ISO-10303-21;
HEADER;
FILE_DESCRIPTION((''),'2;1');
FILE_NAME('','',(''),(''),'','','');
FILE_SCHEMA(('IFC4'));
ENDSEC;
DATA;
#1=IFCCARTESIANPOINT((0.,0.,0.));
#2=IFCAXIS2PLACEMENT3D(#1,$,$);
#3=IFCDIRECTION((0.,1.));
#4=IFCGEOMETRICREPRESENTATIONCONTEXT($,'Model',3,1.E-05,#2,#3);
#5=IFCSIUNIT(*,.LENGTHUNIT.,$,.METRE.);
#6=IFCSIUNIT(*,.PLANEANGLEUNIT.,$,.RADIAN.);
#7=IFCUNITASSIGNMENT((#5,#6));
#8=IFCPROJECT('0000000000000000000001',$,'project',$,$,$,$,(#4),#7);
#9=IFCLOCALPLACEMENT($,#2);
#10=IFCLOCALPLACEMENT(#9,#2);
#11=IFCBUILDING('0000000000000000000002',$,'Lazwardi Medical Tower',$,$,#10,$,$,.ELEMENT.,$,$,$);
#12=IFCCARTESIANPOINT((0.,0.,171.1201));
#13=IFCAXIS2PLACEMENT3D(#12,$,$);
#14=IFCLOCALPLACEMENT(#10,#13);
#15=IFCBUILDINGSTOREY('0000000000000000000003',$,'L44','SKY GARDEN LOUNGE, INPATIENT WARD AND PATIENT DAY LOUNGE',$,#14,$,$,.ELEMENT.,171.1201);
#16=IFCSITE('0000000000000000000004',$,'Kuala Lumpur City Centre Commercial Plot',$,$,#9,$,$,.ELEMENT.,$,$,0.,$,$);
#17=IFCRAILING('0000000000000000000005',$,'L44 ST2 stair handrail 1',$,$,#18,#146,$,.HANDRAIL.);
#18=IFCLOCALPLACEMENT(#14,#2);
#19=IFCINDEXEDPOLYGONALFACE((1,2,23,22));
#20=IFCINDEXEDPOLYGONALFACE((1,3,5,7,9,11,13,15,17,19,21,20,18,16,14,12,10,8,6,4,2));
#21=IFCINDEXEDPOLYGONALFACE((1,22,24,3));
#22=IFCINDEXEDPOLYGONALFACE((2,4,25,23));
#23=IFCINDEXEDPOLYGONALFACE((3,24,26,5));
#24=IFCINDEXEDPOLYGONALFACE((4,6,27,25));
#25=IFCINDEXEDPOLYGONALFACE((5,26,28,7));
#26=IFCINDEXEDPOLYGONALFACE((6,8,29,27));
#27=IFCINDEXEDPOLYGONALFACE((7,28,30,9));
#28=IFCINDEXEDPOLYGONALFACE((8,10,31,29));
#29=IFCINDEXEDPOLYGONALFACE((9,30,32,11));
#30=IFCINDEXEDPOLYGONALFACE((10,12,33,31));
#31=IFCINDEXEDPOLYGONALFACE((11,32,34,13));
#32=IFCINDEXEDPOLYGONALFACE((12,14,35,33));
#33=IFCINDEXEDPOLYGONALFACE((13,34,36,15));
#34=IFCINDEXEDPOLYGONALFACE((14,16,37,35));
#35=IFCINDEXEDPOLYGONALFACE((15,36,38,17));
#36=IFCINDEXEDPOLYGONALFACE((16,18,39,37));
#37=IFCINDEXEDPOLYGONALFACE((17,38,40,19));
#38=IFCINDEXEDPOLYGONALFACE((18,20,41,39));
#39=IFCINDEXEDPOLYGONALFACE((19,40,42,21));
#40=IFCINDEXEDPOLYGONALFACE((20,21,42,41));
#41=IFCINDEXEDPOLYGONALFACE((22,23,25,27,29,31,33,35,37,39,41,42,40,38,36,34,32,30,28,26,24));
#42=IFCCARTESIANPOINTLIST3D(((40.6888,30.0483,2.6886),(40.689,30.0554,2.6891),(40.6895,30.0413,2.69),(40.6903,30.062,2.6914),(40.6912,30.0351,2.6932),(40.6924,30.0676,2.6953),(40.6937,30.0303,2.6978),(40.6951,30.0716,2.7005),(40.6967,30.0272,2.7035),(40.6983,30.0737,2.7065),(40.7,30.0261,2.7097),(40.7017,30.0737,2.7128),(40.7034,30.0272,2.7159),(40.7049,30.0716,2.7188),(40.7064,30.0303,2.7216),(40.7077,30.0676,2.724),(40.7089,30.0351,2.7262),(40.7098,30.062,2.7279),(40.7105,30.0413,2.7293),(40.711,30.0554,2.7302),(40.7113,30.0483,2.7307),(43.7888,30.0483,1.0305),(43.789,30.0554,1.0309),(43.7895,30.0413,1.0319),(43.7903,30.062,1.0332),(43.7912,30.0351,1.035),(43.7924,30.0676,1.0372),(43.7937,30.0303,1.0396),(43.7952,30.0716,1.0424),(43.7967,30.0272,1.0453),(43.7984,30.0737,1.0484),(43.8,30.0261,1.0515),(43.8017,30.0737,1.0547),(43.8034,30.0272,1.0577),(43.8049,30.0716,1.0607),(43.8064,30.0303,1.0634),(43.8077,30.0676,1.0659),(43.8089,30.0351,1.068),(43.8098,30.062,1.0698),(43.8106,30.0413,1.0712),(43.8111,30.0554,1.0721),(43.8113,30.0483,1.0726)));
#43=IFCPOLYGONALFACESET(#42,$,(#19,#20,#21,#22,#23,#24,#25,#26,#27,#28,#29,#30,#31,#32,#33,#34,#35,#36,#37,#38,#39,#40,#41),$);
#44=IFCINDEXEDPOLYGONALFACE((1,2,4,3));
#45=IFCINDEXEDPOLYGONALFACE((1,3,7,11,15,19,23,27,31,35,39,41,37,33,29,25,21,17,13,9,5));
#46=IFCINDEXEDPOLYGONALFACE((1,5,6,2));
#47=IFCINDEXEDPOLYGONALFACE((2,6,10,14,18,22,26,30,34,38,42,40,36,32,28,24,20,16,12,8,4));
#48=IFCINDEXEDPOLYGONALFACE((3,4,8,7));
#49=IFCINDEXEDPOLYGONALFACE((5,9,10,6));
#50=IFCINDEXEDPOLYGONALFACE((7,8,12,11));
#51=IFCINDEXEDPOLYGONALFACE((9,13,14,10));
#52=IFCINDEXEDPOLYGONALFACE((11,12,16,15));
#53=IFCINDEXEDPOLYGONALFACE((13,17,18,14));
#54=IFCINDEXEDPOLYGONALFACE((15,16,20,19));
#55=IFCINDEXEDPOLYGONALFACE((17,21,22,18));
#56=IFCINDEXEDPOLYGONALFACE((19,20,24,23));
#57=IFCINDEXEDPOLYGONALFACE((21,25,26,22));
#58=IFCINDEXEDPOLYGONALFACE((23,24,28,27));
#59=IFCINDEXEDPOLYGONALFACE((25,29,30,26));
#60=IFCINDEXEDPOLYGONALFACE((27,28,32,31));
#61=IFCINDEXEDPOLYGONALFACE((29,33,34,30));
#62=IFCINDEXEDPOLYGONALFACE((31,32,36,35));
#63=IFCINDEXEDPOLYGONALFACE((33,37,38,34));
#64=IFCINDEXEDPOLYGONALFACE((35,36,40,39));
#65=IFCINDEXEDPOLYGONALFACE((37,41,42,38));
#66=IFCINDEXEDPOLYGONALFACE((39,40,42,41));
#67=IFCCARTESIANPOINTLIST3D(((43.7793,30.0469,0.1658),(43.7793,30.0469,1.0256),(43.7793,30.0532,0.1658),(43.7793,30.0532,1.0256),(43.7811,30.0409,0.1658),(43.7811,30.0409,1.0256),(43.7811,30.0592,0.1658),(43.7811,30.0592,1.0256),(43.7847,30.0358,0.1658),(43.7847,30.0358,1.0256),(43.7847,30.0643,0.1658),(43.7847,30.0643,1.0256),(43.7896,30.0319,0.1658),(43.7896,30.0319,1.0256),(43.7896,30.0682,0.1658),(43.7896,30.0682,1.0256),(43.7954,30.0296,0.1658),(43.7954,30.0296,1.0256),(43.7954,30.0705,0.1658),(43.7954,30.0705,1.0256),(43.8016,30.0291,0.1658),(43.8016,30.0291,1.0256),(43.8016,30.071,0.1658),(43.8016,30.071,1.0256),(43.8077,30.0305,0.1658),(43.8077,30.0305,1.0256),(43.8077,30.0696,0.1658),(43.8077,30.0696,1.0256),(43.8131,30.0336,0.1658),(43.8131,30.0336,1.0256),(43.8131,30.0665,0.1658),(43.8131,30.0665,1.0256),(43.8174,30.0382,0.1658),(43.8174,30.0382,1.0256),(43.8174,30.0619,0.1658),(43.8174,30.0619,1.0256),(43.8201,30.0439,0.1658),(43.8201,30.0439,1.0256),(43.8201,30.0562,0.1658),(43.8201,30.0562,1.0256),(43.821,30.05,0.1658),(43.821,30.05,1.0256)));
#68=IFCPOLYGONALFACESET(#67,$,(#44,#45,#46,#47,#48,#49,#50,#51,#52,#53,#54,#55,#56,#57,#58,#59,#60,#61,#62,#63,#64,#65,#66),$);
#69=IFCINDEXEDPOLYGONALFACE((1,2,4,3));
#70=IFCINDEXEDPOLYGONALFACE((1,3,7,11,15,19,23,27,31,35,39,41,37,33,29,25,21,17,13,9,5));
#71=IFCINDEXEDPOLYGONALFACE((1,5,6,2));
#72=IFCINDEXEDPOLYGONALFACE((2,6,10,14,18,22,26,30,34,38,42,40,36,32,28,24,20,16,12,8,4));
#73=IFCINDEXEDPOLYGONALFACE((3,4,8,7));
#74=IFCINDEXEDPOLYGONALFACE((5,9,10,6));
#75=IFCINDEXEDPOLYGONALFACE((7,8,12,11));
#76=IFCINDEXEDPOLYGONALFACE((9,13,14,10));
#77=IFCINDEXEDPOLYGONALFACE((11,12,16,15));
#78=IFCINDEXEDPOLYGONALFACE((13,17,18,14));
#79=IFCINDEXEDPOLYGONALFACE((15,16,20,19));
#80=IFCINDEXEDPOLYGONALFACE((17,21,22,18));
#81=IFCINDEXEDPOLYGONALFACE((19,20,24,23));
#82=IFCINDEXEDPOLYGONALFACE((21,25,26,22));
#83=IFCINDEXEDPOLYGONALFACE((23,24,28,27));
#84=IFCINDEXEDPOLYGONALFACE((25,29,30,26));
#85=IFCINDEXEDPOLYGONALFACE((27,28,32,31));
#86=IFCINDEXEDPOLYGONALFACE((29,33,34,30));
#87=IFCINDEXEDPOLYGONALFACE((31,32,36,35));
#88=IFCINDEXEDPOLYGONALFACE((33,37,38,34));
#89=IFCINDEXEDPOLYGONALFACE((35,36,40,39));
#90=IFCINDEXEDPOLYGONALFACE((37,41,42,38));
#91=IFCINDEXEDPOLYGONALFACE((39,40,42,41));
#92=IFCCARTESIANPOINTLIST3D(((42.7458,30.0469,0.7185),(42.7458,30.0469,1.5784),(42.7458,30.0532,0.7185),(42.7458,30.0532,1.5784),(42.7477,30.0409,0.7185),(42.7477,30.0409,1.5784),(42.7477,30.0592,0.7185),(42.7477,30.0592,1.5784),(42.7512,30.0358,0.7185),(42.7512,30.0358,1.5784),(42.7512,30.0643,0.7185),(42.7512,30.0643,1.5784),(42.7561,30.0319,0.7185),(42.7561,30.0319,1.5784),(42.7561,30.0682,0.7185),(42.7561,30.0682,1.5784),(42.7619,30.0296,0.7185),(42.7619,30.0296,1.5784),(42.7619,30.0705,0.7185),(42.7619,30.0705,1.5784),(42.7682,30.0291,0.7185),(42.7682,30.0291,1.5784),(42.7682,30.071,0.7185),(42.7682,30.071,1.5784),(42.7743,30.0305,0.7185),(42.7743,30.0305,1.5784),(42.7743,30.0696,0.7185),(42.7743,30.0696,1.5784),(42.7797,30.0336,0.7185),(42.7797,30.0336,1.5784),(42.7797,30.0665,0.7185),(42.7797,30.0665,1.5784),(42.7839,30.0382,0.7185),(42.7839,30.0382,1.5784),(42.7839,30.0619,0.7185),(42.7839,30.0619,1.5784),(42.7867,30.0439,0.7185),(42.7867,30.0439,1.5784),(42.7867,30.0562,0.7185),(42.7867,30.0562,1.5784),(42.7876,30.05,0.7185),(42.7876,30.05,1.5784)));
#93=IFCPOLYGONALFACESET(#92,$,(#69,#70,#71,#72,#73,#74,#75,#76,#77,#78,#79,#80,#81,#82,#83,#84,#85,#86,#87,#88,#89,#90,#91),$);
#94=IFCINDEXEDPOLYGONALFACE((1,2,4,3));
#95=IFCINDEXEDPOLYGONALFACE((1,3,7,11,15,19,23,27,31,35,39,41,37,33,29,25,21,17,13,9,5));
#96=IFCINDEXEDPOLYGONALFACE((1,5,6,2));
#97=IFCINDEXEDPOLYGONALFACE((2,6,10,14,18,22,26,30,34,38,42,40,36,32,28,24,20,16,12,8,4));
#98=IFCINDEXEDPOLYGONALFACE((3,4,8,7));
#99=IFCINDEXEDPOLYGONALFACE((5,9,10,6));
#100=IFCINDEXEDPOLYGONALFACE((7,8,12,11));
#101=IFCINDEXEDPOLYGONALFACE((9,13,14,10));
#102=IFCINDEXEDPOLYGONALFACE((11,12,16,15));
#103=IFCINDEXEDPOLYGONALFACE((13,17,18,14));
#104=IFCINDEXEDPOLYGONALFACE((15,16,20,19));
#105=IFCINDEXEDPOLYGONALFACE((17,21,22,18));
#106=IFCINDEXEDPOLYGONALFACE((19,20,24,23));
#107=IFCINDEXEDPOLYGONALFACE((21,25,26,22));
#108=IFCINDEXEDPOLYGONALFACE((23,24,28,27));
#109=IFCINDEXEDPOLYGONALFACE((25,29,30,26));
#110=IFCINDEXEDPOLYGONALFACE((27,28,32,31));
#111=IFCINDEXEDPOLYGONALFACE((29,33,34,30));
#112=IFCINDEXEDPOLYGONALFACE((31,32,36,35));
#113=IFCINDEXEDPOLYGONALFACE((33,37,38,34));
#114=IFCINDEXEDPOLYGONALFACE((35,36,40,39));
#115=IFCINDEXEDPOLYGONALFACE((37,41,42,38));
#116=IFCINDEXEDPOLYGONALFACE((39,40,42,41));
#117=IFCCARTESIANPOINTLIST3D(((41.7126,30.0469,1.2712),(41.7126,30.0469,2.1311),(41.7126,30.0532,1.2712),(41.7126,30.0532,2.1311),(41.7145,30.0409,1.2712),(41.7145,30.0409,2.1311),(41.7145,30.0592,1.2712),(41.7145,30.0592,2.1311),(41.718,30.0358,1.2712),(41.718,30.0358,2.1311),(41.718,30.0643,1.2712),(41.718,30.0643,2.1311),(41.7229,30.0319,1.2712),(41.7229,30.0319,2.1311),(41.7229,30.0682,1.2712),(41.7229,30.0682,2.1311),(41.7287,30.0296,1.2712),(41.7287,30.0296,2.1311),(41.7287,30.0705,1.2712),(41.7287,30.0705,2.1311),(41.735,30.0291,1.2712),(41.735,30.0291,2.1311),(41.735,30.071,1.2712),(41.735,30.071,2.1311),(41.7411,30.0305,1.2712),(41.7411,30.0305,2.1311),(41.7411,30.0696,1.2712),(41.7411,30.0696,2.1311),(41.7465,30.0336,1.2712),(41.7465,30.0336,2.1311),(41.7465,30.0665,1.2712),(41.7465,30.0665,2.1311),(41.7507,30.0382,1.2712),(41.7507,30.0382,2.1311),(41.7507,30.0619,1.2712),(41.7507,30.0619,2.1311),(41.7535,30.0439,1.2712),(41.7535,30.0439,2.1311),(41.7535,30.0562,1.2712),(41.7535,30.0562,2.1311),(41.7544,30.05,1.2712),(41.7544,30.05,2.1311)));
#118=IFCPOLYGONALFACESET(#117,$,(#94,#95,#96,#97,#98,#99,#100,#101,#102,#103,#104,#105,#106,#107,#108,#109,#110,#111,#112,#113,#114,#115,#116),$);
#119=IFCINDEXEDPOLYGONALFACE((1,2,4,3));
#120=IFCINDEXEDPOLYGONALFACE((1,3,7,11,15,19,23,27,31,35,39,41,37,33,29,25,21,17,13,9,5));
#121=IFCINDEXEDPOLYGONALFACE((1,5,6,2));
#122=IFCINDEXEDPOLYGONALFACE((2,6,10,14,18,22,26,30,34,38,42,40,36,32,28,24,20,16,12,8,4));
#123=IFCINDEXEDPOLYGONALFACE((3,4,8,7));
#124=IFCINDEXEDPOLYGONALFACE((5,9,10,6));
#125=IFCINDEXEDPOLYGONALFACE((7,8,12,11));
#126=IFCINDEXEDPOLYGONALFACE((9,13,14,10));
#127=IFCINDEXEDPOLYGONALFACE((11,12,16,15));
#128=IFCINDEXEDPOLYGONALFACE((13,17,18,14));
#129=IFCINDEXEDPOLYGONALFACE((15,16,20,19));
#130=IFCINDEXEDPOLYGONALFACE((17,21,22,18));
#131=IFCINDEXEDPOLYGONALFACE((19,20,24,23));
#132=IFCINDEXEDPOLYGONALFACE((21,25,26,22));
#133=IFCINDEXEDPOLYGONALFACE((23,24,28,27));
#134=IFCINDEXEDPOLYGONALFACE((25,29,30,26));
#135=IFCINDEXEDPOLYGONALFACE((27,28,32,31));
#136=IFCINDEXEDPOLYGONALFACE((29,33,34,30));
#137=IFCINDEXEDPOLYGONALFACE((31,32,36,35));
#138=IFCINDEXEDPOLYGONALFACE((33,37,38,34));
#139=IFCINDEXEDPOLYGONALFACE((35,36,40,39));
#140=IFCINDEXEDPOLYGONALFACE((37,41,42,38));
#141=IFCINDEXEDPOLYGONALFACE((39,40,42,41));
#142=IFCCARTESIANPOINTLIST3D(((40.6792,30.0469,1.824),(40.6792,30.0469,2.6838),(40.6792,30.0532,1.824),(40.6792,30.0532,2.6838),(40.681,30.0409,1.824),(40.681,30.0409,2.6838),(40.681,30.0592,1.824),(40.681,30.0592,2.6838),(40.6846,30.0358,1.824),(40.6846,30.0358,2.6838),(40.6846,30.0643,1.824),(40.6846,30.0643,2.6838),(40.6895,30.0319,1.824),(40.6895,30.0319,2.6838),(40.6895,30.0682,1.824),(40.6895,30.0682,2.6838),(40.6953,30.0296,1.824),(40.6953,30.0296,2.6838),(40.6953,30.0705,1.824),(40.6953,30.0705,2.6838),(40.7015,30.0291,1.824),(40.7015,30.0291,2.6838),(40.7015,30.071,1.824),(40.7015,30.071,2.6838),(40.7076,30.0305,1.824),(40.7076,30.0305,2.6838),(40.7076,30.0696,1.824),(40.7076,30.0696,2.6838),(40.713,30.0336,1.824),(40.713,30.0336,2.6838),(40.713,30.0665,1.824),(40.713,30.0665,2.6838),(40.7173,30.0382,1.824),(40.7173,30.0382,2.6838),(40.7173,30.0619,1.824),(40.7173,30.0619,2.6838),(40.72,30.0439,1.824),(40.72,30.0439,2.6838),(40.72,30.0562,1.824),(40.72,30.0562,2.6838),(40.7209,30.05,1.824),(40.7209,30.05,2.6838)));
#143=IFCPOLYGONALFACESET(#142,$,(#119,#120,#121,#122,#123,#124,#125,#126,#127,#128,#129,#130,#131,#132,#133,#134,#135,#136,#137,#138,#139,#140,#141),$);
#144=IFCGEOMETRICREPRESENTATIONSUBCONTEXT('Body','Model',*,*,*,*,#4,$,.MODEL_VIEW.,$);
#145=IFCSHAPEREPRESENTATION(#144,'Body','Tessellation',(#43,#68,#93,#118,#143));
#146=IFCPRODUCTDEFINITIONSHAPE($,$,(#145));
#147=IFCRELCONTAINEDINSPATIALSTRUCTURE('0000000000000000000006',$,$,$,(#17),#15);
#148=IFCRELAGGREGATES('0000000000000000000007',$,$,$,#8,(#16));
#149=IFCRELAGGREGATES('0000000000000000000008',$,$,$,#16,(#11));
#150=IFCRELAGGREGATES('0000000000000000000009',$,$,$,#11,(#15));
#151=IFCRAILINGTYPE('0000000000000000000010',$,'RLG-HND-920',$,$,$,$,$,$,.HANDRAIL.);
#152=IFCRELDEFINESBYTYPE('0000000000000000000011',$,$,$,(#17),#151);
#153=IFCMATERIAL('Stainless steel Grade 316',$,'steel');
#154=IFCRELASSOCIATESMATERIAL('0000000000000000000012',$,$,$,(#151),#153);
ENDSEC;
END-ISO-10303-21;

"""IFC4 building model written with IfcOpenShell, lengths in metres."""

from ifc_helpers import new_model, si_unit, direction, frame, origin, origin_2d, place, context, subcontext, project, spatial, circle, extrude, material, type_object, element, save


model = new_model("IFC4")

# Units and contexts
model_context = context("Model", 3, precision=1e-05, world=origin(), true_north=direction((0.0, 1.0)))
body_context = subcontext(model_context, "Body", "Model", "MODEL_VIEW")
ifc_project = project(units=[si_unit("LENGTHUNIT", "METRE"), si_unit("PLANEANGLEUNIT", "RADIAN")], contexts=[model_context])

# Site, building, storey
site_placement = place(None, origin())
site = spatial("IfcSite", under=ifc_project, at=site_placement, Name="Kuala Lumpur City Centre Commercial Plot", CompositionType="ELEMENT", RefElevation=0.0)
building_placement = place(site_placement, origin())
building = spatial("IfcBuilding", under=site, at=building_placement, Name="Lazwardi Medical Tower", CompositionType="ELEMENT")
storey_placement = place(building_placement, frame((0.0, 0.0, 171.1201)))
storey = spatial("IfcBuildingStorey", under=building, at=storey_placement, Name="L44", Description="SKY GARDEN LOUNGE, INPATIENT WARD AND PATIENT DAY LOUNGE", CompositionType="ELEMENT", Elevation=171.1201)

# Railing
ifc_material_1 = material(Name="Stainless steel Grade 316", Category="steel")
railing_type_1 = type_object("IfcRailingType", Name="RLG-HND-920", PredefinedType="HANDRAIL", material=ifc_material_1)
railing_1_placement = place(storey_placement, frame((43.8, 30.05, 0.1658)))
element("IfcRailing", 1, at=railing_1_placement, inside=storey, type_object=railing_type_1, Name="L44 ST2 stair handrail 1", PredefinedType="HANDRAIL", context=body_context, shape_type="SweptSolid", body=[
    extrude(circle(Radius=0.0239, at=origin_2d()), frame((0.0, 0.0, 0.8857), z_axis=(-0.881783, 0.0, 0.471655), x_axis=(0.0, -1.0, 0.0)), (0.0, 0.0, 1.0), 3.5156),
    extrude(circle(Radius=0.021, at=origin_2d()), origin(), (0.0, 0.0, 1.0), 0.8599),
    extrude(circle(Radius=0.021, at=origin_2d()), frame((-1.0334, 0.0, 0.5527)), (0.0, 0.0, 1.0), 0.8599),
    extrude(circle(Radius=0.021, at=origin_2d()), frame((-2.0667, 0.0, 1.1055)), (0.0, 0.0, 1.0), 0.8599),
    extrude(circle(Radius=0.021, at=origin_2d()), frame((-3.1001, 0.0, 1.6582)), (0.0, 0.0, 1.0), 0.8599),
])

save(model, "model.ifc")
